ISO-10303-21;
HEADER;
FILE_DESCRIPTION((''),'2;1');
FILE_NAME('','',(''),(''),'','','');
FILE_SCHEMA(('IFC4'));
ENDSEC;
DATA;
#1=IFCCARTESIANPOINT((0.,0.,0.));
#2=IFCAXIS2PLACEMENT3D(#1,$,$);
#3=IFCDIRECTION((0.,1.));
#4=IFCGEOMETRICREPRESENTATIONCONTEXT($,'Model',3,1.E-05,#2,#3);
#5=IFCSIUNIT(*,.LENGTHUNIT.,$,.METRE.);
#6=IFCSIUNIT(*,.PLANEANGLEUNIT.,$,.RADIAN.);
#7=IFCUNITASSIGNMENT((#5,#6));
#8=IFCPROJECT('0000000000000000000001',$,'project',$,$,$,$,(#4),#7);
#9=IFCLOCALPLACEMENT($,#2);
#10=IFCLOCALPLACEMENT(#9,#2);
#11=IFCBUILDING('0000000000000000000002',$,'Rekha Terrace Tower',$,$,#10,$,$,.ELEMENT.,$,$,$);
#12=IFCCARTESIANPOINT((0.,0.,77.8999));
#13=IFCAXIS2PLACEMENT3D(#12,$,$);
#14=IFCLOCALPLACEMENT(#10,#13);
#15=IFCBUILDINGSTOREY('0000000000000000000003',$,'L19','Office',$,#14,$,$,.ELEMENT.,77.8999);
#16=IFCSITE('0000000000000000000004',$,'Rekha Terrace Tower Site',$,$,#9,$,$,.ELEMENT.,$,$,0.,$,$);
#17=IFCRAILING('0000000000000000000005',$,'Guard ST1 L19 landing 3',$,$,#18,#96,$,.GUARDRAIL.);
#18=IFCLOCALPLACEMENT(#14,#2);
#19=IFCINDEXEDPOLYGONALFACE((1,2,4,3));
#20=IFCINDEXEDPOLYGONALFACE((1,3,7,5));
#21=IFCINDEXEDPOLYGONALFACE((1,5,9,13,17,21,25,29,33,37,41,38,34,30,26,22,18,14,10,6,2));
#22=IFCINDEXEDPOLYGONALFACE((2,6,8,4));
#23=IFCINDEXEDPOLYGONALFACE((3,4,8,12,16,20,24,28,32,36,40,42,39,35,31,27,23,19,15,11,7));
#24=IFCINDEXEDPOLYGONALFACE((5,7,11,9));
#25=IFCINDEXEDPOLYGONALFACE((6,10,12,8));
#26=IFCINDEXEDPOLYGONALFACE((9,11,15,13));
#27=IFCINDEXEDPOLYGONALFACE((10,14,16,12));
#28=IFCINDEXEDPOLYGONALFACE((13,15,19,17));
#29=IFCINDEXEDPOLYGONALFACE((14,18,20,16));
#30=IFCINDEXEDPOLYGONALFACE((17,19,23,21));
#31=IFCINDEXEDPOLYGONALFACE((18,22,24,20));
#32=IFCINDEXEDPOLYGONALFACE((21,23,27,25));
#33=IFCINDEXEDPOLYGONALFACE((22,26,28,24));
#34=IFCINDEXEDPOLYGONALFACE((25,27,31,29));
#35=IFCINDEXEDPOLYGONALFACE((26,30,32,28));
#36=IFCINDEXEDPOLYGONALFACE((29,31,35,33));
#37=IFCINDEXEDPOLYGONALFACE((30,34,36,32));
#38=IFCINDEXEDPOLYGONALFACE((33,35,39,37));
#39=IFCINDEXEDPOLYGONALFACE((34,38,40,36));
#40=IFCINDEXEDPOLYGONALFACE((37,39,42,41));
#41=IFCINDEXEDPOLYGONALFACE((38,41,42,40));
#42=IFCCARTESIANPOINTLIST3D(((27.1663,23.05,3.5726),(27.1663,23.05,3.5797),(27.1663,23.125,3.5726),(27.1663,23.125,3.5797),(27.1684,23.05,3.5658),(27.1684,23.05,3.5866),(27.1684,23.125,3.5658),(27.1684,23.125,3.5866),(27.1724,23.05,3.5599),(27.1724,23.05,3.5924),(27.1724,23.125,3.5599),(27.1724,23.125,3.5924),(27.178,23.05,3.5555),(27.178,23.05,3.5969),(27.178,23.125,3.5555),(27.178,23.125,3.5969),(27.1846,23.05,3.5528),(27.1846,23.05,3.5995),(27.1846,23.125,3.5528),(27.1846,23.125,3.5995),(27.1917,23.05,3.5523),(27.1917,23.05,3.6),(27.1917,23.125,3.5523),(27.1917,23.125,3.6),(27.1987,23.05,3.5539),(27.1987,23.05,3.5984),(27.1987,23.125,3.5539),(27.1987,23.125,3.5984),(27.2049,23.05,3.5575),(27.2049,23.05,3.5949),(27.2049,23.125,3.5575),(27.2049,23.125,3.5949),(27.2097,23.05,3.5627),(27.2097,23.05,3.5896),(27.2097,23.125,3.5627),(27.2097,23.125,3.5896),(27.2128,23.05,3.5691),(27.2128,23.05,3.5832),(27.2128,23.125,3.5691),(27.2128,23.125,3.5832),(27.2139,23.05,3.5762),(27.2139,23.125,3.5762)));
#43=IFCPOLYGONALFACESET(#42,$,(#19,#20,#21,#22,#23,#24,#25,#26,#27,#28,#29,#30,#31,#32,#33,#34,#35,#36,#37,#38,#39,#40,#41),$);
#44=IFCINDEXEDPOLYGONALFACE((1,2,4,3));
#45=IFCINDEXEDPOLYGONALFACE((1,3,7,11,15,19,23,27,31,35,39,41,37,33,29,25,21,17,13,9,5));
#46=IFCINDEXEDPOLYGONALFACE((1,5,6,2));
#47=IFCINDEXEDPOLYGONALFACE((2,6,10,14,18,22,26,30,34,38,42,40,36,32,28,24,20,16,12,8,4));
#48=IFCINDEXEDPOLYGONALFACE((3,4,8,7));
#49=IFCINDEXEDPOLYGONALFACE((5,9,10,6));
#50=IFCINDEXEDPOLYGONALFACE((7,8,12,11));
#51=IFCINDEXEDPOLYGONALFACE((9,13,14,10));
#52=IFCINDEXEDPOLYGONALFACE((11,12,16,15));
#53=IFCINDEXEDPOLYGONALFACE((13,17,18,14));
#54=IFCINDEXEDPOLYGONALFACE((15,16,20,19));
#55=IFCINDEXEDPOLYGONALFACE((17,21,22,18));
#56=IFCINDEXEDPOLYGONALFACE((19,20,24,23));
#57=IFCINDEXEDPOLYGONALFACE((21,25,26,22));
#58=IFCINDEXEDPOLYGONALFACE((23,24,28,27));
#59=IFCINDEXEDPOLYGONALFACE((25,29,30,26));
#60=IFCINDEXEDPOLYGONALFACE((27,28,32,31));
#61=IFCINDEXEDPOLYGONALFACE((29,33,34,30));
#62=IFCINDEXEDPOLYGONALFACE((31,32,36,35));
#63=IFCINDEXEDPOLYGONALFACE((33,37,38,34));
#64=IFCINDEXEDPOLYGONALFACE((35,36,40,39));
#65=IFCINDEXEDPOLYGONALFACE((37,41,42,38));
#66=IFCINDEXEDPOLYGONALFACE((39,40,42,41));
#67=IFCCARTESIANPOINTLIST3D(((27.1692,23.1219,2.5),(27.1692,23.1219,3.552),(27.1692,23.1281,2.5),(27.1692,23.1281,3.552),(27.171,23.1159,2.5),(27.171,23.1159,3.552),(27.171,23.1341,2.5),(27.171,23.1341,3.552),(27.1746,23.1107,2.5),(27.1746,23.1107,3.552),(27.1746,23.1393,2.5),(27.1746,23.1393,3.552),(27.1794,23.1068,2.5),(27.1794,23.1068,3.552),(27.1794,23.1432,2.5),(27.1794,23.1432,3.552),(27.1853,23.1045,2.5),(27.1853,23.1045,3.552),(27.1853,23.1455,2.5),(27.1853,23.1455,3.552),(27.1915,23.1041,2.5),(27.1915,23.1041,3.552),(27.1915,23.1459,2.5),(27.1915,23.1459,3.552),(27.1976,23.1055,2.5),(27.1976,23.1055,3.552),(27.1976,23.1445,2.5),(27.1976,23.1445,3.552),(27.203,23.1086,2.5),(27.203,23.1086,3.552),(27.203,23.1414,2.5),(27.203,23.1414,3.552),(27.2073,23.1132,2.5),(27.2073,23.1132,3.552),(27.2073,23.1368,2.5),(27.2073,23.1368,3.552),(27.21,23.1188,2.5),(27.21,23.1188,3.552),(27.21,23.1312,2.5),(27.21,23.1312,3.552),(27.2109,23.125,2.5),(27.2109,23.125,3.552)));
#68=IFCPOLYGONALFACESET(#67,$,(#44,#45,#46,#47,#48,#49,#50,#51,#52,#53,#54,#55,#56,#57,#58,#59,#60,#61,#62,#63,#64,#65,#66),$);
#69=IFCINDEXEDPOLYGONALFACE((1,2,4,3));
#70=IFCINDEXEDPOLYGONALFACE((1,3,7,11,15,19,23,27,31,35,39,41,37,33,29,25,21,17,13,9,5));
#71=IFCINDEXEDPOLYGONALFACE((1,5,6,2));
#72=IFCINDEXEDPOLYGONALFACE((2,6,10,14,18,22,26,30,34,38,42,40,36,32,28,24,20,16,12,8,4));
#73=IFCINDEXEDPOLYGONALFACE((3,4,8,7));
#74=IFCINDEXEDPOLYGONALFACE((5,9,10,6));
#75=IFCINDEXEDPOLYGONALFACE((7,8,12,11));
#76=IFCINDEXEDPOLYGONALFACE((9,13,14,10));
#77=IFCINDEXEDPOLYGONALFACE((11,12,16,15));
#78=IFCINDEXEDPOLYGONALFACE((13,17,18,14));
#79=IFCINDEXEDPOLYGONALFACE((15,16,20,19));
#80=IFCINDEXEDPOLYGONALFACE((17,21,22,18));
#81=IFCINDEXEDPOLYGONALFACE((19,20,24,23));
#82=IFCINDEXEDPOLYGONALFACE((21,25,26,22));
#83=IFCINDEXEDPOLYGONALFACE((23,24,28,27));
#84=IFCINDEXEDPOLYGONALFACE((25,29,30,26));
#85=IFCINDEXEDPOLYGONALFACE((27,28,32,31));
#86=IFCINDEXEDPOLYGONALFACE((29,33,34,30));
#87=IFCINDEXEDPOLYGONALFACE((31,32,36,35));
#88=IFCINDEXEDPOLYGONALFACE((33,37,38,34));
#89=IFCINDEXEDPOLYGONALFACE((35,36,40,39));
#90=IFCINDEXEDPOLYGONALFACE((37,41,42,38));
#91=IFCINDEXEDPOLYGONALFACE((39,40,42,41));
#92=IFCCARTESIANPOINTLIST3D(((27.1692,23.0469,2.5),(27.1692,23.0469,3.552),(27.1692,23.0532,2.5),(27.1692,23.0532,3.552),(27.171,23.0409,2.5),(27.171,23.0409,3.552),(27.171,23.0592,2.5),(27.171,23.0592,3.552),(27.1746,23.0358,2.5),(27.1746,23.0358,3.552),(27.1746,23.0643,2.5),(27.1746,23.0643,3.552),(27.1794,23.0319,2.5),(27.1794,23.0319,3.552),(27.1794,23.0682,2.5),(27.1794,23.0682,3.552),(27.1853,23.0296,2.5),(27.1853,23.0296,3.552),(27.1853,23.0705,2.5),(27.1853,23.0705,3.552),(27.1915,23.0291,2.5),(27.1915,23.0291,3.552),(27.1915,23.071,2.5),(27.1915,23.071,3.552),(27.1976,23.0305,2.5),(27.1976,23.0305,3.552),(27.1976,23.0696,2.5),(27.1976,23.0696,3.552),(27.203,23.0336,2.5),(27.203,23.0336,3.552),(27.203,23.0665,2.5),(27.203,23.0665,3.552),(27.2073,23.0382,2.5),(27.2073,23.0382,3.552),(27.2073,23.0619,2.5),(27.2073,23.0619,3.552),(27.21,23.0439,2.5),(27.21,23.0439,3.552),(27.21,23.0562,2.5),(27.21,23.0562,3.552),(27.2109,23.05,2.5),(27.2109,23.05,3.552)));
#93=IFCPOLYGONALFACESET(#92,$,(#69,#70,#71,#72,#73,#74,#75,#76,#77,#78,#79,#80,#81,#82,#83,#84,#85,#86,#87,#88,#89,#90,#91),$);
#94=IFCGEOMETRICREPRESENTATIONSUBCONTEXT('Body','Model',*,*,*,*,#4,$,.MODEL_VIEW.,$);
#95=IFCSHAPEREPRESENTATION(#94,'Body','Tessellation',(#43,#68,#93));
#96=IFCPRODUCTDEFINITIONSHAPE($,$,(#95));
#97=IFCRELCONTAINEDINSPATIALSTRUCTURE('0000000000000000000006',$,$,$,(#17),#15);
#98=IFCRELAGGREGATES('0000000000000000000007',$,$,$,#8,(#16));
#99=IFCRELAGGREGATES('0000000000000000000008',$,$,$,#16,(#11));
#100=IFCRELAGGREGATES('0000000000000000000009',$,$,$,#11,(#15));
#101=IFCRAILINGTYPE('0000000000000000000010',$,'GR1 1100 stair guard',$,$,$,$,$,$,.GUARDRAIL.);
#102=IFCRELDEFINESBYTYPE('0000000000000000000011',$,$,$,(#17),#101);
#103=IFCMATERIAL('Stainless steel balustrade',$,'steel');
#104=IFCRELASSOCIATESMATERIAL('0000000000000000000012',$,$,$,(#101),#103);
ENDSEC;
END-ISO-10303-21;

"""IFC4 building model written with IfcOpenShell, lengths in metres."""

from ifc_helpers import new_model, si_unit, direction, frame, origin, origin_2d, place, context, subcontext, project, spatial, circle, extrude, material, type_object, element, save


model = new_model("IFC4")

# Units and contexts
model_context = context("Model", 3, precision=1e-05, world=origin(), true_north=direction((0.0, 1.0)))
body_context = subcontext(model_context, "Body", "Model", "MODEL_VIEW")
ifc_project = project(units=[si_unit("LENGTHUNIT", "METRE"), si_unit("PLANEANGLEUNIT", "RADIAN")], contexts=[model_context])

# Site, building, storey
site_placement = place(None, origin())
site = spatial("IfcSite", under=ifc_project, at=site_placement, Name="Rekha Terrace Tower Site", CompositionType="ELEMENT", RefElevation=0.0)
building_placement = place(site_placement, origin())
building = spatial("IfcBuilding", under=site, at=building_placement, Name="Rekha Terrace Tower", CompositionType="ELEMENT")
storey_placement = place(building_placement, frame((0.0, 0.0, 77.8999)))
storey = spatial("IfcBuildingStorey", under=building, at=storey_placement, Name="L19", Description="Office", CompositionType="ELEMENT", Elevation=77.8999)

# Railing
ifc_material_1 = material(Name="Stainless steel balustrade", Category="steel")
railing_type_1 = type_object("IfcRailingType", Name="GR1 1100 stair guard", PredefinedType="GUARDRAIL", material=ifc_material_1)
railing_1_placement = place(storey_placement, frame((27.1899, 23.125, 2.5)))
element("IfcRailing", 1, at=railing_1_placement, inside=storey, type_object=railing_type_1, Name="Guard ST1 L19 landing 3", PredefinedType="GUARDRAIL", context=body_context, shape_type="SweptSolid", body=[
    extrude(circle(Radius=0.0239, at=origin_2d()), frame((0.0, 0.0, 1.0762), z_axis=(0.0, -1.0, 0.0), x_axis=(1.0, 0.0, 0.0)), (0.0, 0.0, 1.0), 0.075),
    extrude(circle(Radius=0.021, at=origin_2d()), origin(), (0.0, 0.0, 1.0), 1.052),
    extrude(circle(Radius=0.021, at=origin_2d()), frame((0.0, -0.075, 0.0)), (0.0, 0.0, 1.0), 1.052),
])

save(model, "model.ifc")
